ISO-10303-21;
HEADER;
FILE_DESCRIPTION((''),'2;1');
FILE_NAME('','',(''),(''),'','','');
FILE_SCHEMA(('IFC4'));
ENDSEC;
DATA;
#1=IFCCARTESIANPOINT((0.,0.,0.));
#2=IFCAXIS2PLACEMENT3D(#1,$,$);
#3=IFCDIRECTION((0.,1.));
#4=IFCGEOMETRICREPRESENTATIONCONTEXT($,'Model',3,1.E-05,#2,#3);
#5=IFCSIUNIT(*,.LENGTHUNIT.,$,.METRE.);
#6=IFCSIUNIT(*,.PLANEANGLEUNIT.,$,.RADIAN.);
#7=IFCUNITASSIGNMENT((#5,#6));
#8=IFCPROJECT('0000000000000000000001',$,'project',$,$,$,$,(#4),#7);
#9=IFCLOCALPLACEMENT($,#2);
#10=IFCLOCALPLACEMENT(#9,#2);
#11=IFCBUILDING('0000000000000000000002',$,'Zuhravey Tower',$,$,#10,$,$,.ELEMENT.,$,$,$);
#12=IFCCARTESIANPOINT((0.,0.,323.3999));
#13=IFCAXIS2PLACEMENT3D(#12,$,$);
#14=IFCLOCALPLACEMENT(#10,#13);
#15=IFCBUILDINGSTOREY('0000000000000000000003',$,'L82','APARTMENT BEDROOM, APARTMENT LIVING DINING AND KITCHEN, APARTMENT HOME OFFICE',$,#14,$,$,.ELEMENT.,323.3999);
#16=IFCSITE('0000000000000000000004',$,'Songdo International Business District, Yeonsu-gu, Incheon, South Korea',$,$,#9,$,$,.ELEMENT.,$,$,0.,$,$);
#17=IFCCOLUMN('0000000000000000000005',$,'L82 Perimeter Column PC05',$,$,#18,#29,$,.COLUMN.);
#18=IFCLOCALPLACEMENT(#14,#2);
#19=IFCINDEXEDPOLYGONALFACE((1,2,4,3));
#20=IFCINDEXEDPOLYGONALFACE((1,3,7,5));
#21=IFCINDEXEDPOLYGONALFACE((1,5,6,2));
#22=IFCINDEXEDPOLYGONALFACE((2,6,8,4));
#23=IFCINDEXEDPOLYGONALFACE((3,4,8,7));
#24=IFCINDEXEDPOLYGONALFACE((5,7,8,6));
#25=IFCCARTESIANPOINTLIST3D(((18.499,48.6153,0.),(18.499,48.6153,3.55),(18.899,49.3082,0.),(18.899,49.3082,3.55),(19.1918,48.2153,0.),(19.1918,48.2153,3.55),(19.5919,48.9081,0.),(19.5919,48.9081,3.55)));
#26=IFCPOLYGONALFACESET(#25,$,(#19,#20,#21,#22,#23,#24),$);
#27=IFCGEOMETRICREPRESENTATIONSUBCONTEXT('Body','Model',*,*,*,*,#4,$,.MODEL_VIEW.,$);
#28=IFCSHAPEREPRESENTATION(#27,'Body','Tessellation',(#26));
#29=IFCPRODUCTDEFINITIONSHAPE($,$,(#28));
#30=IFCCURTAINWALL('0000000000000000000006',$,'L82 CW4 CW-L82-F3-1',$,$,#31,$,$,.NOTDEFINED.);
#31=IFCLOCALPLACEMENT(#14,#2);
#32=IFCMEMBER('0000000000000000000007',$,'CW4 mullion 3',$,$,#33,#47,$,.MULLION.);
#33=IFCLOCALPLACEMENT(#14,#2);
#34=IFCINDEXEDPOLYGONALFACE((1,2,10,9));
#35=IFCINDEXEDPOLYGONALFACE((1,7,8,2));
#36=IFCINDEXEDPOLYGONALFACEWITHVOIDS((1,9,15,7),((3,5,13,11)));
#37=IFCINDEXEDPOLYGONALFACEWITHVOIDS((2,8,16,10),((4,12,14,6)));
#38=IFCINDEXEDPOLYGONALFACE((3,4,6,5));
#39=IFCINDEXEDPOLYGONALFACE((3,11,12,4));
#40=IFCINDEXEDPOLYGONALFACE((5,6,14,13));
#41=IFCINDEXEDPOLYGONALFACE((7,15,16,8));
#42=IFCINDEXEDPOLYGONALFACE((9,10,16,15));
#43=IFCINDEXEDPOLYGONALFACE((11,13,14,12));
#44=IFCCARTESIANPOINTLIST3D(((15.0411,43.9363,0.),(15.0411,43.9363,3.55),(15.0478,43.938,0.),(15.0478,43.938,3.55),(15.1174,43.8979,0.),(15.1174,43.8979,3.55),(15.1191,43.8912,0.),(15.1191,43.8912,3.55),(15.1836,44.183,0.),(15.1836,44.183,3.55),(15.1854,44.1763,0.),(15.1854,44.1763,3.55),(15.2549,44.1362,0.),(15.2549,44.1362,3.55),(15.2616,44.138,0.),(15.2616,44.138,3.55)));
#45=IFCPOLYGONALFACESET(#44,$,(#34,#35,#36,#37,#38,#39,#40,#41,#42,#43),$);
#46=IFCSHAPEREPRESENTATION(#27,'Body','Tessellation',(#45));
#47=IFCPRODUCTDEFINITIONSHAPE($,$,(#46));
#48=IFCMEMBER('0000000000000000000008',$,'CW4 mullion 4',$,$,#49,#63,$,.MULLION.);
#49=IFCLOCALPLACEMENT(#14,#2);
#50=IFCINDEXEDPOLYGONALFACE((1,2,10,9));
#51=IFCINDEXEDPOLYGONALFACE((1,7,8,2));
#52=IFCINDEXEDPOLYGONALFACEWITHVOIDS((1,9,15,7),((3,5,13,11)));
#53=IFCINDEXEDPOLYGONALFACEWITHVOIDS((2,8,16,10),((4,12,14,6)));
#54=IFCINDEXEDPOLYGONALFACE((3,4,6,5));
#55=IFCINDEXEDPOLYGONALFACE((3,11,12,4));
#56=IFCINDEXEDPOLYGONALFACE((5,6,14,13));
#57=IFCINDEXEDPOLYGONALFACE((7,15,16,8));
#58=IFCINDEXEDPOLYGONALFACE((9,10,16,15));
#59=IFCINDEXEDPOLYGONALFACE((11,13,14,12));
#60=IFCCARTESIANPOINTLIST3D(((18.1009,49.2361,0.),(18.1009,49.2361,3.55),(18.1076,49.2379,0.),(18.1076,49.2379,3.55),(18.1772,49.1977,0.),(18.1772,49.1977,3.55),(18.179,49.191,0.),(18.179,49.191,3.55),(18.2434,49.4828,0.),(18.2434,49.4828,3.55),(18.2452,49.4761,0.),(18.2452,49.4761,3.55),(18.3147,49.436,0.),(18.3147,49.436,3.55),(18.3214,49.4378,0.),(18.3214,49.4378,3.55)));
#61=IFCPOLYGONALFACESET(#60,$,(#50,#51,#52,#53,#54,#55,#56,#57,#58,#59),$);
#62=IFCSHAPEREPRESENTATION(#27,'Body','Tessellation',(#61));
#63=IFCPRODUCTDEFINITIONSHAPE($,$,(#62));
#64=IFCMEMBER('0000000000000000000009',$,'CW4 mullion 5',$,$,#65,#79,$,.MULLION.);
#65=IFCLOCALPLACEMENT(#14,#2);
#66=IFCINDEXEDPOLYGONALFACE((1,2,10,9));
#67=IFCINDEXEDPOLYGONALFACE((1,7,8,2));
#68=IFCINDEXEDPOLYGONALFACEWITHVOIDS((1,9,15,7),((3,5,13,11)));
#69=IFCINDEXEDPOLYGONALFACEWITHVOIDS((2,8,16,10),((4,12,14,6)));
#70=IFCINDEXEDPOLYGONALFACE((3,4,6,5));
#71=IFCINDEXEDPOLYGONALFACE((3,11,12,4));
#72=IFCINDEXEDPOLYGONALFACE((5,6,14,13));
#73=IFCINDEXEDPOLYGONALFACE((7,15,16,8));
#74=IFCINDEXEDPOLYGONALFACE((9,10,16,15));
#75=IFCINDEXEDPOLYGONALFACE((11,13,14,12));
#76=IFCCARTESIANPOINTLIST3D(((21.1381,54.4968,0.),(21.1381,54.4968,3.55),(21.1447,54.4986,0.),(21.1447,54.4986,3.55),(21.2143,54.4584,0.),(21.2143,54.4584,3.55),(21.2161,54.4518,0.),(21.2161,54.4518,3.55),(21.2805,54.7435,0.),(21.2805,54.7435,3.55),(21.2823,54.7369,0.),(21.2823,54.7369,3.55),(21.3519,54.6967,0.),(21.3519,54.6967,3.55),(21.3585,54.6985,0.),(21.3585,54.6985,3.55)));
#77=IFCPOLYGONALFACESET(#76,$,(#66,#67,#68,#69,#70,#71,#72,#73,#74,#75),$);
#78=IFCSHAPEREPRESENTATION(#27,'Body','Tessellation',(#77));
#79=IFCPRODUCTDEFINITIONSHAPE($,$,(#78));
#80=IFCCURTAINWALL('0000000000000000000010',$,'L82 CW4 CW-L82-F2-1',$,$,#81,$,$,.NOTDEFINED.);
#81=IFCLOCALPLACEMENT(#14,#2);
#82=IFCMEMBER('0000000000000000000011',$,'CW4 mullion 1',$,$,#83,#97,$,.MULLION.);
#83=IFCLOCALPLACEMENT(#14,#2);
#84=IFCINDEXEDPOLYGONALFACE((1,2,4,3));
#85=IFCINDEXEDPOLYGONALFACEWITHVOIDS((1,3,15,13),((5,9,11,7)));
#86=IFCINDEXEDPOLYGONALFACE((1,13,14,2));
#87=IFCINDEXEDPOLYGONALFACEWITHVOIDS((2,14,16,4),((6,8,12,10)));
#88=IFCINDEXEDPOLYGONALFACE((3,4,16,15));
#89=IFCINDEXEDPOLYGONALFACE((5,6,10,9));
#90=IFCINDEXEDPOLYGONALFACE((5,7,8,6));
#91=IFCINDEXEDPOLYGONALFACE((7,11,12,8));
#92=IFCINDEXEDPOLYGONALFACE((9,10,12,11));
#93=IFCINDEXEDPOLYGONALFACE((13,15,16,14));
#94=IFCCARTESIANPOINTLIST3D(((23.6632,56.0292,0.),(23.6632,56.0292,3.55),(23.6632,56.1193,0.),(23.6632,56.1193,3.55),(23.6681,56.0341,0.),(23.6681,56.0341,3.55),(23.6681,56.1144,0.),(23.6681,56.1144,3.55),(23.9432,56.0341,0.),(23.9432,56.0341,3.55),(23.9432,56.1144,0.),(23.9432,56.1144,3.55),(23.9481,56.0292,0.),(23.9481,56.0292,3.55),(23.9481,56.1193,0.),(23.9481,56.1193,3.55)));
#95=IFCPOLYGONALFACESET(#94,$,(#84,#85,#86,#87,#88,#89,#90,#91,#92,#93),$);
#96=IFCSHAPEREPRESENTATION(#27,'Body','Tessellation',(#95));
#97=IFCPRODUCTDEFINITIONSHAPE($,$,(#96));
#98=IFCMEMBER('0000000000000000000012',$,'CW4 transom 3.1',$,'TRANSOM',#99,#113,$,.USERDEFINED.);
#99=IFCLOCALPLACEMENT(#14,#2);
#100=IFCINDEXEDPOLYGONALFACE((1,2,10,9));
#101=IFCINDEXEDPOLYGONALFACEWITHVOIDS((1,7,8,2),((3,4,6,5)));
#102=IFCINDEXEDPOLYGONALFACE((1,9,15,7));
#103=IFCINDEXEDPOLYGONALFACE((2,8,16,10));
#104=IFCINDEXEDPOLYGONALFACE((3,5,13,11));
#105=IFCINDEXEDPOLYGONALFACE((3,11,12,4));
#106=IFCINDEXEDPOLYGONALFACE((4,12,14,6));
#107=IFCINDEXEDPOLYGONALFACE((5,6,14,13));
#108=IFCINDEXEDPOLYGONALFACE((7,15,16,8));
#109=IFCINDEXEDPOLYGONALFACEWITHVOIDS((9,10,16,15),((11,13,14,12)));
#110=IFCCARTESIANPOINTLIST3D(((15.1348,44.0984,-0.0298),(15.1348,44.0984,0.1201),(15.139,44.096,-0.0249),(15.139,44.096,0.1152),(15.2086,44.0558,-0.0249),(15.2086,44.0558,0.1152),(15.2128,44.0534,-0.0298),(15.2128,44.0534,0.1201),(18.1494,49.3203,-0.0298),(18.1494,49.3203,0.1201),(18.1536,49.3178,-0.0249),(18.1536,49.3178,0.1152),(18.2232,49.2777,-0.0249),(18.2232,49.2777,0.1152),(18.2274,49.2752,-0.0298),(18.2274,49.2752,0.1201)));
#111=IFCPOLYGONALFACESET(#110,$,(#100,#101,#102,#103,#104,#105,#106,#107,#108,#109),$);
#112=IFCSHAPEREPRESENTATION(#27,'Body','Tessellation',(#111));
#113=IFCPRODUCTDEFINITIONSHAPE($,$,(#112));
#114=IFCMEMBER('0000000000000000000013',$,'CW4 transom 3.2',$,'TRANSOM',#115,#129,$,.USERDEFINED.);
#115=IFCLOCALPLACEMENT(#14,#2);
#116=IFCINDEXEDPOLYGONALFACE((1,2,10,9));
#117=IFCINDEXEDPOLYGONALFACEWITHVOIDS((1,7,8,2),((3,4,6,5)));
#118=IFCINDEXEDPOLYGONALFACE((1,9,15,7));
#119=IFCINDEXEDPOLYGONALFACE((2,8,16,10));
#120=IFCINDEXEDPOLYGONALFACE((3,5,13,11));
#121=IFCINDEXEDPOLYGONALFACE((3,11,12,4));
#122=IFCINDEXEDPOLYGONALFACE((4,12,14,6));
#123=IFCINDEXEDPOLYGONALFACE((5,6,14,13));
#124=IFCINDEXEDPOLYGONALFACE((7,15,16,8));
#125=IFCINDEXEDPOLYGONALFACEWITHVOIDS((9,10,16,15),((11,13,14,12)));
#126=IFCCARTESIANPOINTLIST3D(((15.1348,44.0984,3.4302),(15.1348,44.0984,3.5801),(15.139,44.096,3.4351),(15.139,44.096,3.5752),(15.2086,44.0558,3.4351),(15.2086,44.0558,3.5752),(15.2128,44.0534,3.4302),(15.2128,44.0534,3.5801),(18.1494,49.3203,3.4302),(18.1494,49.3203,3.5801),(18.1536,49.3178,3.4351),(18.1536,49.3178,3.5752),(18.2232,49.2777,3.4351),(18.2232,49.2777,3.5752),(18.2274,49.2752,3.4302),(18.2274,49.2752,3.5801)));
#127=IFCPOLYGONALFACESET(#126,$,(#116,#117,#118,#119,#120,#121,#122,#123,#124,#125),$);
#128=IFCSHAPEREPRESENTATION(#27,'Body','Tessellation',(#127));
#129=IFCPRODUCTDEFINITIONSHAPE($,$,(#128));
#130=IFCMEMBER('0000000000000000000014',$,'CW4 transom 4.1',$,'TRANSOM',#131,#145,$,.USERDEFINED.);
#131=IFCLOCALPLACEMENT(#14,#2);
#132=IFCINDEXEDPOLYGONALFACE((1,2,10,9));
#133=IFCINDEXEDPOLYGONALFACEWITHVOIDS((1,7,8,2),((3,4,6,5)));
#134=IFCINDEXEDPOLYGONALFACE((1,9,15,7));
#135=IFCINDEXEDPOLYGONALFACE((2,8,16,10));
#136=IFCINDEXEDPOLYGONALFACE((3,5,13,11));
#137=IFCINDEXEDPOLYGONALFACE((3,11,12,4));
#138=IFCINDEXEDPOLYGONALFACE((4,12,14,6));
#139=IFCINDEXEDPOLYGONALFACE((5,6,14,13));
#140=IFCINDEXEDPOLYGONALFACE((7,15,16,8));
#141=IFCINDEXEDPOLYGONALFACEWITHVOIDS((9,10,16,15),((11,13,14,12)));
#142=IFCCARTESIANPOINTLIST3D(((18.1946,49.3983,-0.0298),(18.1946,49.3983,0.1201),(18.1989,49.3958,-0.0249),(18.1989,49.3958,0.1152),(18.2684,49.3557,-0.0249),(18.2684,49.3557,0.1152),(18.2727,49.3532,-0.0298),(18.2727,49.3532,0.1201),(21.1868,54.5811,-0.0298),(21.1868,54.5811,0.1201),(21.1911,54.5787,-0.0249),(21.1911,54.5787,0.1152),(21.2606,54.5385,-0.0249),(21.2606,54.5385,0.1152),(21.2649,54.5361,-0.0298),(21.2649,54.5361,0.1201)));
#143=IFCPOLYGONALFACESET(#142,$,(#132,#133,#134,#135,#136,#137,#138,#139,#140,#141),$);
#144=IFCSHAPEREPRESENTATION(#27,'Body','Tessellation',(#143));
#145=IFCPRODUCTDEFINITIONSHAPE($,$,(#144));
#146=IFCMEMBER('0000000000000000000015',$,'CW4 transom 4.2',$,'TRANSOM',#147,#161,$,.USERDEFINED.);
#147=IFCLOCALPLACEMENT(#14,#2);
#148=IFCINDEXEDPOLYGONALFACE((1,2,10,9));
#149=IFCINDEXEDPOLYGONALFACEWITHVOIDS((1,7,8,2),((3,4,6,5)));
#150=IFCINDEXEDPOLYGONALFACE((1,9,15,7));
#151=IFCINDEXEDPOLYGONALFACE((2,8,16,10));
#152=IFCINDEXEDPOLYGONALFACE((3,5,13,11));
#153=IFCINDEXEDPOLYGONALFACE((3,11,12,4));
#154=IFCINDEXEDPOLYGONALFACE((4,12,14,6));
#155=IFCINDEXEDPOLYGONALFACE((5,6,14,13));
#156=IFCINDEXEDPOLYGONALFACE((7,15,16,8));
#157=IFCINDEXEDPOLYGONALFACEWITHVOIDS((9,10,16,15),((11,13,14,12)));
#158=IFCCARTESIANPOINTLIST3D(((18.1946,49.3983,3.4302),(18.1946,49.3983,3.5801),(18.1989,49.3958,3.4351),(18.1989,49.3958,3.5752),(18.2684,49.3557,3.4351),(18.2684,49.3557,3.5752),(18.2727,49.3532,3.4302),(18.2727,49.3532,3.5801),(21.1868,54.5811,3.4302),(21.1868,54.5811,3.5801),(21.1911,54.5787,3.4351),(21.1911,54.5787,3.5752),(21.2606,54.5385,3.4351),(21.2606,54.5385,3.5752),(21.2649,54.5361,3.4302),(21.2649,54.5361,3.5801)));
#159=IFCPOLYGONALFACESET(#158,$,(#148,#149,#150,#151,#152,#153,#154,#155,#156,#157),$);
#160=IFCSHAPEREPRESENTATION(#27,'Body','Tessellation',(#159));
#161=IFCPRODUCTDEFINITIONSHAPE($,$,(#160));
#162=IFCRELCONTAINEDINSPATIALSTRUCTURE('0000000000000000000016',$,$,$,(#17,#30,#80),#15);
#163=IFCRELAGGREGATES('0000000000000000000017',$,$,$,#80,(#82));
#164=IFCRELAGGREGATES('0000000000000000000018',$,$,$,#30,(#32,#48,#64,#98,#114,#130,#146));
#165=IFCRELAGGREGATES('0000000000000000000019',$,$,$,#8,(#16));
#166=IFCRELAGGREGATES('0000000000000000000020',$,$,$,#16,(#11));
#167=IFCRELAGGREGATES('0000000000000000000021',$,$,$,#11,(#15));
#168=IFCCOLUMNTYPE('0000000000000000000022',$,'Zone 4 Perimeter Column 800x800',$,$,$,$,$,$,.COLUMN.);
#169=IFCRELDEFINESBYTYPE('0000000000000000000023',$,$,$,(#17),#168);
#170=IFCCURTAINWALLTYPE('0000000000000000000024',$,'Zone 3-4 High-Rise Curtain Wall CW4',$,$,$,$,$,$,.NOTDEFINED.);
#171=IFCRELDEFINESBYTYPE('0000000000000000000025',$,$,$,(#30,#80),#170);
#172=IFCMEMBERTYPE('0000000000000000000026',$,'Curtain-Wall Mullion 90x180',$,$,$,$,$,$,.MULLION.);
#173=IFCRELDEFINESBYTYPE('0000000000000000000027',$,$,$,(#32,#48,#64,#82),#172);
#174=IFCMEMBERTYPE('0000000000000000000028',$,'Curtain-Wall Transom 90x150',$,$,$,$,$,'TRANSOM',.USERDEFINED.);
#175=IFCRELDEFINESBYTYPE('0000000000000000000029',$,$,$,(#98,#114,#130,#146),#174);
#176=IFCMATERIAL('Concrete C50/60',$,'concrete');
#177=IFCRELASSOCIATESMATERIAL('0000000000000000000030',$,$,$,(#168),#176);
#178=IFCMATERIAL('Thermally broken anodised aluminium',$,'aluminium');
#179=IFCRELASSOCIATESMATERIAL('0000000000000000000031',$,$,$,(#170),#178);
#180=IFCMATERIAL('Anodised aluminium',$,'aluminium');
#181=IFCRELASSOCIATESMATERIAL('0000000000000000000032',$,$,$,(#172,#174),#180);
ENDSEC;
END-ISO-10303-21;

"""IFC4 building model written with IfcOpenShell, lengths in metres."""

from ifc_helpers import new_model, si_unit, direction, frame, origin, origin_2d, place, context, subcontext, project, spatial, rectangle, hollow_rectangle, extrude, material, material_profile, profile_set, type_object, element, aggregate, save


model = new_model("IFC4")

# Units and contexts
model_context = context("Model", 3, precision=1e-05, world=origin(), true_north=direction((0.0, 1.0)))
body_context = subcontext(model_context, "Body", "Model", "MODEL_VIEW")
ifc_project = project(units=[si_unit("LENGTHUNIT", "METRE"), si_unit("PLANEANGLEUNIT", "RADIAN")], contexts=[model_context])

# Site, building, storey
site_placement = place(None, origin())
site = spatial("IfcSite", under=ifc_project, at=site_placement, Name="Songdo International Business District, Yeonsu-gu, Incheon, South Korea", CompositionType="ELEMENT", RefElevation=0.0)
building_placement = place(site_placement, origin())
building = spatial("IfcBuilding", under=site, at=building_placement, Name="Zuhravey Tower", CompositionType="ELEMENT")
storey_placement = place(building_placement, frame((0.0, 0.0, 323.3999)))
storey = spatial("IfcBuildingStorey", under=building, at=storey_placement, Name="L82", Description="APARTMENT BEDROOM, APARTMENT LIVING DINING AND KITCHEN, APARTMENT HOME OFFICE", CompositionType="ELEMENT", Elevation=323.3999)

# Column
ifc_material_1 = material(Name="Concrete C50/60", Category="concrete")
ifc_material_profile_1 = material_profile(ifc_material_1, rectangle(XDim=0.8, YDim=0.8, at=origin_2d()), Name="RC-800x800")
ifc_profile_set_1 = profile_set([ifc_material_profile_1], Name="Concrete C50/60")
column_type = type_object("IfcColumnType", Name="Zone 4 Perimeter Column 800x800", PredefinedType="COLUMN", material=ifc_profile_set_1)
column_placement = place(storey_placement, frame((19.0454, 48.7617, 0.0), z_axis=(0.0, 0.0, 1.0), x_axis=(-0.5, -0.866025, 0.0)))
element("IfcColumn", 1, at=column_placement, inside=storey, type_object=column_type, Name="L82 Perimeter Column PC05", PredefinedType="COLUMN", context=body_context, shape_type="SweptSolid", body=[
    extrude(rectangle(XDim=0.8, YDim=0.8, at=origin_2d()), origin(), (0.0, 0.0, 1.0), 3.55),
])

# Curtain wall, members
ifc_material_2 = material(Name="Thermally broken anodised aluminium", Category="aluminium")
curtain_wall_type = type_object("IfcCurtainWallType", Name="Zone 3-4 High-Rise Curtain Wall CW4", PredefinedType="NOTDEFINED", material=ifc_material_2)
curtain_wall_1_placement = place(storey_placement, origin())
curtain_wall_1 = element("IfcCurtainWall", 2, at=curtain_wall_1_placement, inside=storey, type_object=curtain_wall_type, Name="L82 CW4 CW-L82-F3-1", PredefinedType="NOTDEFINED")
ifc_material_3 = material(Name="Anodised aluminium", Category="aluminium")
ifc_material_profile_2 = material_profile(ifc_material_3, hollow_rectangle(XDim=0.0901, YDim=0.2849, WallThickness=0.0049, at=origin_2d()), Name="ALU-RHS-90x285x5")
ifc_profile_set_2 = profile_set([ifc_material_profile_2], Name="Anodised aluminium")
member_type_1 = type_object("IfcMemberType", Name="Curtain-Wall Mullion 90x180", PredefinedType="MULLION", material=ifc_profile_set_2)
member_1_placement = place(storey_placement, frame((15.1514, 44.0371, 0.0), z_axis=(0.0, 0.0, 1.0), x_axis=(-0.866026, 0.5, 0.0)))
member_1 = element("IfcMember", 3, at=member_1_placement, type_object=member_type_1, Name="CW4 mullion 3", PredefinedType="MULLION", context=body_context, shape_type="SweptSolid", body=[
    extrude(hollow_rectangle(XDim=0.0901, YDim=0.2849, WallThickness=0.0049, at=origin_2d()), origin(), (0.0, 0.0, 1.0), 3.55),
])
member_2_placement = place(storey_placement, frame((18.2112, 49.3369, 0.0), z_axis=(0.0, 0.0, 1.0), x_axis=(-0.866026, 0.5, 0.0)))
member_2 = element("IfcMember", 4, at=member_2_placement, type_object=member_type_1, Name="CW4 mullion 4", PredefinedType="MULLION", context=body_context, shape_type="SweptSolid", body=[
    extrude(hollow_rectangle(XDim=0.0901, YDim=0.2849, WallThickness=0.0049, at=origin_2d()), origin(), (0.0, 0.0, 1.0), 3.55),
])
member_3_placement = place(storey_placement, frame((21.2483, 54.5977, 0.0), z_axis=(0.0, 0.0, 1.0), x_axis=(-0.866026, 0.5, 0.0)))
member_3 = element("IfcMember", 5, at=member_3_placement, type_object=member_type_1, Name="CW4 mullion 5", PredefinedType="MULLION", context=body_context, shape_type="SweptSolid", body=[
    extrude(hollow_rectangle(XDim=0.0901, YDim=0.2849, WallThickness=0.0049, at=origin_2d()), origin(), (0.0, 0.0, 1.0), 3.55),
])

# Curtain wall, member
curtain_wall_2_placement = place(storey_placement, origin())
curtain_wall_2 = element("IfcCurtainWall", 6, at=curtain_wall_2_placement, inside=storey, type_object=curtain_wall_type, Name="L82 CW4 CW-L82-F2-1", PredefinedType="NOTDEFINED")
member_4_placement = place(storey_placement, frame((23.8057, 56.0742, 0.0), z_axis=(0.0, 0.0, 1.0), x_axis=(0.0, 1.0, 0.0)))
member_4 = element("IfcMember", 7, at=member_4_placement, type_object=member_type_1, Name="CW4 mullion 1", PredefinedType="MULLION", context=body_context, shape_type="SweptSolid", body=[
    extrude(hollow_rectangle(XDim=0.0901, YDim=0.2849, WallThickness=0.0049, at=origin_2d()), origin(), (0.0, 0.0, 1.0), 3.55),
])
aggregate(curtain_wall_2, [member_4])

# Members
ifc_material_profile_3 = material_profile(ifc_material_3, hollow_rectangle(XDim=0.0901, YDim=0.1499, WallThickness=0.0049, at=origin_2d()), Name="ALU-RHS-90x150x5")
ifc_profile_set_3 = profile_set([ifc_material_profile_3], Name="Anodised aluminium")
member_type_2 = type_object("IfcMemberType", Name="Curtain-Wall Transom 90x150", ElementType="TRANSOM", PredefinedType="USERDEFINED", material=ifc_profile_set_3)
member_5_placement = place(storey_placement, frame((15.1738, 44.0759, 0.0452), z_axis=(0.499971, 0.866042, 0.0), x_axis=(-0.866042, 0.499971, 0.0)))
member_5 = element("IfcMember", 8, at=member_5_placement, type_object=member_type_2, Name="CW4 transom 3.1", ObjectType="TRANSOM", PredefinedType="USERDEFINED", context=body_context, shape_type="SweptSolid", body=[
    extrude(hollow_rectangle(XDim=0.0901, YDim=0.1499, WallThickness=0.0049, at=origin_2d()), origin(), (0.0, 0.0, 1.0), 6.0295),
])
member_6_placement = place(storey_placement, frame((15.1738, 44.0759, 3.5051), z_axis=(0.499971, 0.866042, 0.0), x_axis=(-0.866042, 0.499971, 0.0)))
member_6 = element("IfcMember", 9, at=member_6_placement, type_object=member_type_2, Name="CW4 transom 3.2", ObjectType="TRANSOM", PredefinedType="USERDEFINED", context=body_context, shape_type="SweptSolid", body=[
    extrude(hollow_rectangle(XDim=0.0901, YDim=0.1499, WallThickness=0.0049, at=origin_2d()), origin(), (0.0, 0.0, 1.0), 6.0295),
])
member_7_placement = place(storey_placement, frame((18.2336, 49.3757, 0.0452), z_axis=(0.499983, 0.866035, 0.0), x_axis=(-0.866035, 0.499983, 0.0)))
member_7 = element("IfcMember", 10, at=member_7_placement, type_object=member_type_2, Name="CW4 transom 4.1", ObjectType="TRANSOM", PredefinedType="USERDEFINED", context=body_context, shape_type="SweptSolid", body=[
    extrude(hollow_rectangle(XDim=0.0901, YDim=0.1499, WallThickness=0.0049, at=origin_2d()), origin(), (0.0, 0.0, 1.0), 5.9846),
])
member_8_placement = place(storey_placement, frame((18.2336, 49.3757, 3.5051), z_axis=(0.499983, 0.866035, 0.0), x_axis=(-0.866035, 0.499983, 0.0)))
member_8 = element("IfcMember", 11, at=member_8_placement, type_object=member_type_2, Name="CW4 transom 4.2", ObjectType="TRANSOM", PredefinedType="USERDEFINED", context=body_context, shape_type="SweptSolid", body=[
    extrude(hollow_rectangle(XDim=0.0901, YDim=0.1499, WallThickness=0.0049, at=origin_2d()), origin(), (0.0, 0.0, 1.0), 5.9846),
])

aggregate(curtain_wall_1, [member_1, member_2, member_3, member_5, member_6, member_7, member_8])

save(model, "model.ifc")
